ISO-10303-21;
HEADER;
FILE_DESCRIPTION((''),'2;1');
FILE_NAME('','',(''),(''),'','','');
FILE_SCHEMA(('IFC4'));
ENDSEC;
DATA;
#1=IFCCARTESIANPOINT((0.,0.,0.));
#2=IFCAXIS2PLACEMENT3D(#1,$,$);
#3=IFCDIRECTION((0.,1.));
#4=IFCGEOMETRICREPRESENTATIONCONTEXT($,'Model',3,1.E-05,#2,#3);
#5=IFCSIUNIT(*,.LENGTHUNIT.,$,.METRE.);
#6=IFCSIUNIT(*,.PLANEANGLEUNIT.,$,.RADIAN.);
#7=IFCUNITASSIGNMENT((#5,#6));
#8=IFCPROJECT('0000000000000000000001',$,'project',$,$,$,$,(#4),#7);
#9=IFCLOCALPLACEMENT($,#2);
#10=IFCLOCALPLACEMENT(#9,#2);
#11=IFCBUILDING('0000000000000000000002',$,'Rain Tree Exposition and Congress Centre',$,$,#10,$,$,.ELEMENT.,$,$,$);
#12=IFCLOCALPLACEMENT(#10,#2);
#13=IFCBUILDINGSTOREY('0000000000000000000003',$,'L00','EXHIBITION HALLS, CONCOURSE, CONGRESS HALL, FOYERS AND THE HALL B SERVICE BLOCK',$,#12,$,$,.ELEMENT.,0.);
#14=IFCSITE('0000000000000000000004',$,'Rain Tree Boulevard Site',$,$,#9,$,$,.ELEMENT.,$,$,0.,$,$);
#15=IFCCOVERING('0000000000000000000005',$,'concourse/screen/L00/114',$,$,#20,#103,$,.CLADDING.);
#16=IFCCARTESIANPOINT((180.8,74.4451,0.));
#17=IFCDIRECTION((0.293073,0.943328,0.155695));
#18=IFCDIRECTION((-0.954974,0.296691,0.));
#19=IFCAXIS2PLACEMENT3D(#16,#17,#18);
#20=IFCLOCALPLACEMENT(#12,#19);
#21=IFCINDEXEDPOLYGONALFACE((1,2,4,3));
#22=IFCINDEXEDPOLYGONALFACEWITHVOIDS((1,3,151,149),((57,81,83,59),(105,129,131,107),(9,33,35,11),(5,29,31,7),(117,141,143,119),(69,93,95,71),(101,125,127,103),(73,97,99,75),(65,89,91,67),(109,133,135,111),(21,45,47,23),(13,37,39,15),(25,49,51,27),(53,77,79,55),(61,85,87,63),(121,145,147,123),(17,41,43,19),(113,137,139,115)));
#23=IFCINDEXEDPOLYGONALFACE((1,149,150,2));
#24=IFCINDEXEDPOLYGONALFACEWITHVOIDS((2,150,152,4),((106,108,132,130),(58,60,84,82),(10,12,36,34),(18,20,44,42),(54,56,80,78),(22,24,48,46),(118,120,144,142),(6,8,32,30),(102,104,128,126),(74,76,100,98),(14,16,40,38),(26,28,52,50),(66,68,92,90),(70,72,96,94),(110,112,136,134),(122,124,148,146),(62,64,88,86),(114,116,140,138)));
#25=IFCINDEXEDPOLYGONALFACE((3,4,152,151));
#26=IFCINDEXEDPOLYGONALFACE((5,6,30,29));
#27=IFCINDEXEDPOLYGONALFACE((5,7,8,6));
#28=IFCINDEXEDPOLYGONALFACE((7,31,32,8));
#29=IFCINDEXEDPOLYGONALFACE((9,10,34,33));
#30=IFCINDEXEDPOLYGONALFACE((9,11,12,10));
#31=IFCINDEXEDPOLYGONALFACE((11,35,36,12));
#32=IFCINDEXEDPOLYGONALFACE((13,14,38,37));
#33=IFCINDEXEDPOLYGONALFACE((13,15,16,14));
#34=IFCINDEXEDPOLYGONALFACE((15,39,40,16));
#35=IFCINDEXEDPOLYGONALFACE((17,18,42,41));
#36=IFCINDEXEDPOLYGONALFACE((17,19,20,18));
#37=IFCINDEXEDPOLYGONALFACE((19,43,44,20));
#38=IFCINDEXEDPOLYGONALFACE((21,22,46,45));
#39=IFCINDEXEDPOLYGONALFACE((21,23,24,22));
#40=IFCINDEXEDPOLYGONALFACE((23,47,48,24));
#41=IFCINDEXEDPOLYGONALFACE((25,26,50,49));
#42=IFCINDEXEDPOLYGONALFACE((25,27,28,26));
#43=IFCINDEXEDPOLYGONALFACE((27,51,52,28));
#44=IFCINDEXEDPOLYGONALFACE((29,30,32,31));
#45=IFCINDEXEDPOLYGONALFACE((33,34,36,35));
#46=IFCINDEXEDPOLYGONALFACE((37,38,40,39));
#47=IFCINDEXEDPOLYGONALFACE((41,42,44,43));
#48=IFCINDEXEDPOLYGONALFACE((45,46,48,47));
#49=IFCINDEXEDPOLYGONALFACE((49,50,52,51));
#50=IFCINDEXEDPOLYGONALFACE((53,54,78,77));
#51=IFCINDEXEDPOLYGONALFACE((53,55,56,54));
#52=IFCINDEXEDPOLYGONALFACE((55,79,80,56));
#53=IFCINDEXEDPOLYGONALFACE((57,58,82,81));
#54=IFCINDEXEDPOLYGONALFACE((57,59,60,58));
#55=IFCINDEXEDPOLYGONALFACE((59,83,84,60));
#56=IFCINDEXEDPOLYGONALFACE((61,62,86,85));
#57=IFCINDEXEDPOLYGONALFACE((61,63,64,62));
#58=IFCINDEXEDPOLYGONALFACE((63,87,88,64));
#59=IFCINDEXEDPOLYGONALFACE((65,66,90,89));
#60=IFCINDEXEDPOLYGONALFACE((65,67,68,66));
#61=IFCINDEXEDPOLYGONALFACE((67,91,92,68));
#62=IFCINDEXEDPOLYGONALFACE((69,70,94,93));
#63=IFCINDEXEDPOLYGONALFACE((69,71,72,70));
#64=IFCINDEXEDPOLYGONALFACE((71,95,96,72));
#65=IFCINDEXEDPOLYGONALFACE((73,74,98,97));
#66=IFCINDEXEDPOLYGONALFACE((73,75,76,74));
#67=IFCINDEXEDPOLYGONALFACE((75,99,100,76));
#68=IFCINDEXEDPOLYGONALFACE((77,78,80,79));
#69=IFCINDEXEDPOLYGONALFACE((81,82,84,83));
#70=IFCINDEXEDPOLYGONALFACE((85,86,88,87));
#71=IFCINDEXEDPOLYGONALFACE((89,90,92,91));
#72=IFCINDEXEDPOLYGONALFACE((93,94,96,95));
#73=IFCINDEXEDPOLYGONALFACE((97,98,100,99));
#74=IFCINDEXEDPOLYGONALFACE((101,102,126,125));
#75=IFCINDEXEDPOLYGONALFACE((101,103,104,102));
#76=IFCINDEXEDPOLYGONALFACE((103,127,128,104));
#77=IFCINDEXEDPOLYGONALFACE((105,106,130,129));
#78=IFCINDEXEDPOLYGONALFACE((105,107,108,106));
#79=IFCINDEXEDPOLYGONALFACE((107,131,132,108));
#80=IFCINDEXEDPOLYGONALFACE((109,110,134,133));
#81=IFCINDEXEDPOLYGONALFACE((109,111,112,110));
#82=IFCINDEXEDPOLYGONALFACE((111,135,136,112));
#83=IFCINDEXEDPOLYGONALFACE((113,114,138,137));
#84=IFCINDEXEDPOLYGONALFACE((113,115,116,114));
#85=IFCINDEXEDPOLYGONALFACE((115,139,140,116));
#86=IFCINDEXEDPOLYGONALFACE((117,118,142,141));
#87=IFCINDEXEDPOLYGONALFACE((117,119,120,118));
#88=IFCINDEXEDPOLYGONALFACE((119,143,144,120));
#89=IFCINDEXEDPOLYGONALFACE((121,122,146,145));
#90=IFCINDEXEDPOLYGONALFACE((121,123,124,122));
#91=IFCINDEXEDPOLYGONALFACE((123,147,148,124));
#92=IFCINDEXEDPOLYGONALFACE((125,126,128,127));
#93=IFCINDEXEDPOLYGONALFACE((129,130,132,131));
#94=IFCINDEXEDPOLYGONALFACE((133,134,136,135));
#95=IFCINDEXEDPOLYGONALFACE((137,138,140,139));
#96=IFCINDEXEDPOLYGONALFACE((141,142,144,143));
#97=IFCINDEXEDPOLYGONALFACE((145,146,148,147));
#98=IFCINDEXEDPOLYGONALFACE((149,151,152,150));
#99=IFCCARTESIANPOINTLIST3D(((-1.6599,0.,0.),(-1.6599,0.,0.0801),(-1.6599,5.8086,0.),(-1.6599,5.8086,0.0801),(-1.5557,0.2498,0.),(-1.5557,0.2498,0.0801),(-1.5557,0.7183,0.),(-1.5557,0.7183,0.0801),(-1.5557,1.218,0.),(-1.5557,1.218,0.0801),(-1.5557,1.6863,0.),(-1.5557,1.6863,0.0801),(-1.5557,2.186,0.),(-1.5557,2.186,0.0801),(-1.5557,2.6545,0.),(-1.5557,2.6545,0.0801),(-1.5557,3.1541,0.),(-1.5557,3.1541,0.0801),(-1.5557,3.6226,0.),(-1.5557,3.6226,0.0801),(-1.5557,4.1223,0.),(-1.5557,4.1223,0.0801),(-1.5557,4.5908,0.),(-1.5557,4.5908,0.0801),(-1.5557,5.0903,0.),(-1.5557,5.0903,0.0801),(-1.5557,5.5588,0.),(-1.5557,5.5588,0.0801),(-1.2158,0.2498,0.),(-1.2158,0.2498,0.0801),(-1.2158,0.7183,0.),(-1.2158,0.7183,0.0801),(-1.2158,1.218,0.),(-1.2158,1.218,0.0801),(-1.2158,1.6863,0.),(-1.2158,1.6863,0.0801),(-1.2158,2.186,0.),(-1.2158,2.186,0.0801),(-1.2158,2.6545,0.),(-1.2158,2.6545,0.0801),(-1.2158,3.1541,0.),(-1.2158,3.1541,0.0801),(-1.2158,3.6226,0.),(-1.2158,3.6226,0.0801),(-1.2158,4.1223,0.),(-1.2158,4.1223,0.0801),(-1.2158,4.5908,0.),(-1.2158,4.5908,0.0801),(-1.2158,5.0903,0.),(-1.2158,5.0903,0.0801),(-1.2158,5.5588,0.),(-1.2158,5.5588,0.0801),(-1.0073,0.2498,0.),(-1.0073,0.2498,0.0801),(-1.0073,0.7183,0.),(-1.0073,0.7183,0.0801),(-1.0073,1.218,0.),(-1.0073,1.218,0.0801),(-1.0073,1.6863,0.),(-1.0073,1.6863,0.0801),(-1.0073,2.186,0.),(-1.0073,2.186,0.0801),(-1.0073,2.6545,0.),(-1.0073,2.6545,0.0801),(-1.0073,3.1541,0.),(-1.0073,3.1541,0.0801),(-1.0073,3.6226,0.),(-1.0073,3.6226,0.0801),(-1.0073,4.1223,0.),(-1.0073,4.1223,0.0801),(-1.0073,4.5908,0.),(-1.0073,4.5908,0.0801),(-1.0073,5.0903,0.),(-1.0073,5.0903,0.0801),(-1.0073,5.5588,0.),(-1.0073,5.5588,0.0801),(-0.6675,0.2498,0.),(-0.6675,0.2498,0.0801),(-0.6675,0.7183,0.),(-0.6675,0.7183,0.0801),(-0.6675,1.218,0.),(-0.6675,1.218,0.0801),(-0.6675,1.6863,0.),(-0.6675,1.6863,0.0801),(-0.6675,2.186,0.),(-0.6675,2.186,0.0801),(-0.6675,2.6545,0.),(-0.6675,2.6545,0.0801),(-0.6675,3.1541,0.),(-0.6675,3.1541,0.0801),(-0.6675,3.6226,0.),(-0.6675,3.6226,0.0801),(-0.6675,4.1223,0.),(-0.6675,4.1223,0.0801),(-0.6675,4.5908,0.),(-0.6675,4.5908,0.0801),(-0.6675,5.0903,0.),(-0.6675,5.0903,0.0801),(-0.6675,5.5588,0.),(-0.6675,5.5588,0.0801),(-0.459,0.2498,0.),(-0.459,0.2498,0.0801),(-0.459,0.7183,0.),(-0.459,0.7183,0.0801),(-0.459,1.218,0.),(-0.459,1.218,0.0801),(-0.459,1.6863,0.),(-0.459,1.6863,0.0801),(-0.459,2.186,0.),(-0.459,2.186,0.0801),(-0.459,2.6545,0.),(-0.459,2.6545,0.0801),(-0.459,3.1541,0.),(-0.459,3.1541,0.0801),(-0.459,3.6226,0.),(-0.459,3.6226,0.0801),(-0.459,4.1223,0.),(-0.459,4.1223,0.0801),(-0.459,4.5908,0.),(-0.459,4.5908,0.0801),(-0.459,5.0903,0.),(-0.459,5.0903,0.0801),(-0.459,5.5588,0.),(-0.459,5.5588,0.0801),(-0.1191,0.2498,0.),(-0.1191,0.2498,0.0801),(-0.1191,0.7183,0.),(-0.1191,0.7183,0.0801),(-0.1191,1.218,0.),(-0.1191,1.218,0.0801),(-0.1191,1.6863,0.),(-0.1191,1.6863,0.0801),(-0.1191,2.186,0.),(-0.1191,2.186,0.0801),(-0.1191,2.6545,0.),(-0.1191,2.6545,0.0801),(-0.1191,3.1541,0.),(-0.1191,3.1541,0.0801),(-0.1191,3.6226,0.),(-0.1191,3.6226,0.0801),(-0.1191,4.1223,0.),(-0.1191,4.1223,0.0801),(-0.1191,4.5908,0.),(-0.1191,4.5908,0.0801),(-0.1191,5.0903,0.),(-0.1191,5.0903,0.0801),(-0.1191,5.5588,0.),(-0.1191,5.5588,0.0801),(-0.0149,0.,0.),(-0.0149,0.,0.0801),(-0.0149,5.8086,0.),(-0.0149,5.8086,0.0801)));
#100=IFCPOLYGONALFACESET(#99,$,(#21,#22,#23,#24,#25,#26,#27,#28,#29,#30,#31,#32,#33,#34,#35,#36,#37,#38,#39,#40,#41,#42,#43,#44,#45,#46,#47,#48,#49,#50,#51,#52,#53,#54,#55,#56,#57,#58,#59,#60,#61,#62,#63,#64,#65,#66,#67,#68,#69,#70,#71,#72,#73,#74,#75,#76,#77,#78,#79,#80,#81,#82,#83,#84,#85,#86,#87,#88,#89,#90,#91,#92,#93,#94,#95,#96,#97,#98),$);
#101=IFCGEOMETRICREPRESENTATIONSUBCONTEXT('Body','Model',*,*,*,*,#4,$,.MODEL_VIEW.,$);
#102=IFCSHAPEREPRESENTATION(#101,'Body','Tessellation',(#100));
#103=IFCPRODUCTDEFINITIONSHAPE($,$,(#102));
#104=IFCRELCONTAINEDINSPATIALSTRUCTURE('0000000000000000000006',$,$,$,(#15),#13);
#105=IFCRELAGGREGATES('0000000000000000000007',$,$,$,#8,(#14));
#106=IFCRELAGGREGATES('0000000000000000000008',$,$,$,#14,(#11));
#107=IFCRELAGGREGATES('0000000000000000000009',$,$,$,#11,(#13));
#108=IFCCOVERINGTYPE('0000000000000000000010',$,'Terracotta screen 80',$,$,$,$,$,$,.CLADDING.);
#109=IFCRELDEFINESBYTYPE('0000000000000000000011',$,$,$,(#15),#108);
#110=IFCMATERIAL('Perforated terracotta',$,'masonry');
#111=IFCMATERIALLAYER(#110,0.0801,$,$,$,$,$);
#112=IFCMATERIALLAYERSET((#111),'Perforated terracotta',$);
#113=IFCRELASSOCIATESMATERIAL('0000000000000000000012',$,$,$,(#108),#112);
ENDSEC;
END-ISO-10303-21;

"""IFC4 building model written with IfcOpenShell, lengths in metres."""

from ifc_helpers import new_model, si_unit, direction, frame, origin, place, context, subcontext, project, spatial, polyline, outline, extrude, material, layer, layer_set, type_object, element, save


model = new_model("IFC4")

# Units and contexts
model_context = context("Model", 3, precision=1e-05, world=origin(), true_north=direction((0.0, 1.0)))
body_context = subcontext(model_context, "Body", "Model", "MODEL_VIEW")
ifc_project = project(units=[si_unit("LENGTHUNIT", "METRE"), si_unit("PLANEANGLEUNIT", "RADIAN")], contexts=[model_context])

# Site, building, storey
site_placement = place(None, origin())
site = spatial("IfcSite", under=ifc_project, at=site_placement, Name="Rain Tree Boulevard Site", CompositionType="ELEMENT", RefElevation=0.0)
building_placement = place(site_placement, origin())
building = spatial("IfcBuilding", under=site, at=building_placement, Name="Rain Tree Exposition and Congress Centre", CompositionType="ELEMENT")
storey_placement = place(building_placement, origin())
storey = spatial("IfcBuildingStorey", under=building, at=storey_placement, Name="L00", Description="EXHIBITION HALLS, CONCOURSE, CONGRESS HALL, FOYERS AND THE HALL B SERVICE BLOCK", CompositionType="ELEMENT", Elevation=0.0)

# Covering
ifc_material_1 = material(Name="Perforated terracotta", Category="masonry")
ifc_layer_1 = layer(ifc_material_1, 0.0801)
ifc_layer_set_1 = layer_set([ifc_layer_1], Name="Perforated terracotta")
covering_type = type_object("IfcCoveringType", Name="Terracotta screen 80", PredefinedType="CLADDING", material=ifc_layer_set_1)
covering_1_placement = place(storey_placement, frame((180.8, 74.4451, 0.0), z_axis=(0.293073, 0.943328, 0.155695), x_axis=(-0.954974, 0.296691, 0.0)))
element("IfcCovering", 1, at=covering_1_placement, inside=storey, type_object=covering_type, Name="concourse/screen/L00/114", PredefinedType="CLADDING", context=body_context, shape_type="SweptSolid", body=[
    extrude(outline(polyline([(-0.0149, 0.0), (-1.6599, 0.0), (-1.6599, 5.8086), (-0.0149, 5.8086), (-0.0149, 0.0)]), holes=[polyline([(-0.1191, 0.2498), (-0.1191, 0.7183), (-0.459, 0.7183), (-0.459, 0.2498), (-0.1191, 0.2498)]), polyline([(-0.1191, 1.218), (-0.1191, 1.6863), (-0.459, 1.6863), (-0.459, 1.218), (-0.1191, 1.218)]), polyline([(-0.1191, 2.186), (-0.1191, 2.6545), (-0.459, 2.6545), (-0.459, 2.186), (-0.1191, 2.186)]), polyline([(-0.1191, 3.1541), (-0.1191, 3.6226), (-0.459, 3.6226), (-0.459, 3.1541), (-0.1191, 3.1541)]), polyline([(-0.1191, 4.1223), (-0.1191, 4.5908), (-0.459, 4.5908), (-0.459, 4.1223), (-0.1191, 4.1223)]), polyline([(-0.1191, 5.0903), (-0.1191, 5.5588), (-0.459, 5.5588), (-0.459, 5.0903), (-0.1191, 5.0903)]), polyline([(-0.6675, 0.2498), (-0.6675, 0.7183), (-1.0073, 0.7183), (-1.0073, 0.2498), (-0.6675, 0.2498)]), polyline([(-0.6675, 1.218), (-0.6675, 1.6863), (-1.0073, 1.6863), (-1.0073, 1.218), (-0.6675, 1.218)]), polyline([(-0.6675, 2.186), (-0.6675, 2.6545), (-1.0073, 2.6545), (-1.0073, 2.186), (-0.6675, 2.186)]), polyline([(-0.6675, 3.1541), (-0.6675, 3.6226), (-1.0073, 3.6226), (-1.0073, 3.1541), (-0.6675, 3.1541)]), polyline([(-0.6675, 4.1223), (-0.6675, 4.5908), (-1.0073, 4.5908), (-1.0073, 4.1223), (-0.6675, 4.1223)]), polyline([(-0.6675, 5.0903), (-0.6675, 5.5588), (-1.0073, 5.5588), (-1.0073, 5.0903), (-0.6675, 5.0903)]), polyline([(-1.2158, 0.2498), (-1.2158, 0.7183), (-1.5557, 0.7183), (-1.5557, 0.2498), (-1.2158, 0.2498)]), polyline([(-1.2158, 1.218), (-1.2158, 1.6863), (-1.5557, 1.6863), (-1.5557, 1.218), (-1.2158, 1.218)]), polyline([(-1.2158, 2.186), (-1.2158, 2.6545), (-1.5557, 2.6545), (-1.5557, 2.186), (-1.2158, 2.186)]), polyline([(-1.2158, 3.1541), (-1.2158, 3.6226), (-1.5557, 3.6226), (-1.5557, 3.1541), (-1.2158, 3.1541)]), polyline([(-1.2158, 4.1223), (-1.2158, 4.5908), (-1.5557, 4.5908), (-1.5557, 4.1223), (-1.2158, 4.1223)]), polyline([(-1.2158, 5.0903), (-1.2158, 5.5588), (-1.5557, 5.5588), (-1.5557, 5.0903), (-1.2158, 5.0903)])]), origin(), (0.0, 0.0, 1.0), 0.0801),
])

save(model, "model.ifc")
